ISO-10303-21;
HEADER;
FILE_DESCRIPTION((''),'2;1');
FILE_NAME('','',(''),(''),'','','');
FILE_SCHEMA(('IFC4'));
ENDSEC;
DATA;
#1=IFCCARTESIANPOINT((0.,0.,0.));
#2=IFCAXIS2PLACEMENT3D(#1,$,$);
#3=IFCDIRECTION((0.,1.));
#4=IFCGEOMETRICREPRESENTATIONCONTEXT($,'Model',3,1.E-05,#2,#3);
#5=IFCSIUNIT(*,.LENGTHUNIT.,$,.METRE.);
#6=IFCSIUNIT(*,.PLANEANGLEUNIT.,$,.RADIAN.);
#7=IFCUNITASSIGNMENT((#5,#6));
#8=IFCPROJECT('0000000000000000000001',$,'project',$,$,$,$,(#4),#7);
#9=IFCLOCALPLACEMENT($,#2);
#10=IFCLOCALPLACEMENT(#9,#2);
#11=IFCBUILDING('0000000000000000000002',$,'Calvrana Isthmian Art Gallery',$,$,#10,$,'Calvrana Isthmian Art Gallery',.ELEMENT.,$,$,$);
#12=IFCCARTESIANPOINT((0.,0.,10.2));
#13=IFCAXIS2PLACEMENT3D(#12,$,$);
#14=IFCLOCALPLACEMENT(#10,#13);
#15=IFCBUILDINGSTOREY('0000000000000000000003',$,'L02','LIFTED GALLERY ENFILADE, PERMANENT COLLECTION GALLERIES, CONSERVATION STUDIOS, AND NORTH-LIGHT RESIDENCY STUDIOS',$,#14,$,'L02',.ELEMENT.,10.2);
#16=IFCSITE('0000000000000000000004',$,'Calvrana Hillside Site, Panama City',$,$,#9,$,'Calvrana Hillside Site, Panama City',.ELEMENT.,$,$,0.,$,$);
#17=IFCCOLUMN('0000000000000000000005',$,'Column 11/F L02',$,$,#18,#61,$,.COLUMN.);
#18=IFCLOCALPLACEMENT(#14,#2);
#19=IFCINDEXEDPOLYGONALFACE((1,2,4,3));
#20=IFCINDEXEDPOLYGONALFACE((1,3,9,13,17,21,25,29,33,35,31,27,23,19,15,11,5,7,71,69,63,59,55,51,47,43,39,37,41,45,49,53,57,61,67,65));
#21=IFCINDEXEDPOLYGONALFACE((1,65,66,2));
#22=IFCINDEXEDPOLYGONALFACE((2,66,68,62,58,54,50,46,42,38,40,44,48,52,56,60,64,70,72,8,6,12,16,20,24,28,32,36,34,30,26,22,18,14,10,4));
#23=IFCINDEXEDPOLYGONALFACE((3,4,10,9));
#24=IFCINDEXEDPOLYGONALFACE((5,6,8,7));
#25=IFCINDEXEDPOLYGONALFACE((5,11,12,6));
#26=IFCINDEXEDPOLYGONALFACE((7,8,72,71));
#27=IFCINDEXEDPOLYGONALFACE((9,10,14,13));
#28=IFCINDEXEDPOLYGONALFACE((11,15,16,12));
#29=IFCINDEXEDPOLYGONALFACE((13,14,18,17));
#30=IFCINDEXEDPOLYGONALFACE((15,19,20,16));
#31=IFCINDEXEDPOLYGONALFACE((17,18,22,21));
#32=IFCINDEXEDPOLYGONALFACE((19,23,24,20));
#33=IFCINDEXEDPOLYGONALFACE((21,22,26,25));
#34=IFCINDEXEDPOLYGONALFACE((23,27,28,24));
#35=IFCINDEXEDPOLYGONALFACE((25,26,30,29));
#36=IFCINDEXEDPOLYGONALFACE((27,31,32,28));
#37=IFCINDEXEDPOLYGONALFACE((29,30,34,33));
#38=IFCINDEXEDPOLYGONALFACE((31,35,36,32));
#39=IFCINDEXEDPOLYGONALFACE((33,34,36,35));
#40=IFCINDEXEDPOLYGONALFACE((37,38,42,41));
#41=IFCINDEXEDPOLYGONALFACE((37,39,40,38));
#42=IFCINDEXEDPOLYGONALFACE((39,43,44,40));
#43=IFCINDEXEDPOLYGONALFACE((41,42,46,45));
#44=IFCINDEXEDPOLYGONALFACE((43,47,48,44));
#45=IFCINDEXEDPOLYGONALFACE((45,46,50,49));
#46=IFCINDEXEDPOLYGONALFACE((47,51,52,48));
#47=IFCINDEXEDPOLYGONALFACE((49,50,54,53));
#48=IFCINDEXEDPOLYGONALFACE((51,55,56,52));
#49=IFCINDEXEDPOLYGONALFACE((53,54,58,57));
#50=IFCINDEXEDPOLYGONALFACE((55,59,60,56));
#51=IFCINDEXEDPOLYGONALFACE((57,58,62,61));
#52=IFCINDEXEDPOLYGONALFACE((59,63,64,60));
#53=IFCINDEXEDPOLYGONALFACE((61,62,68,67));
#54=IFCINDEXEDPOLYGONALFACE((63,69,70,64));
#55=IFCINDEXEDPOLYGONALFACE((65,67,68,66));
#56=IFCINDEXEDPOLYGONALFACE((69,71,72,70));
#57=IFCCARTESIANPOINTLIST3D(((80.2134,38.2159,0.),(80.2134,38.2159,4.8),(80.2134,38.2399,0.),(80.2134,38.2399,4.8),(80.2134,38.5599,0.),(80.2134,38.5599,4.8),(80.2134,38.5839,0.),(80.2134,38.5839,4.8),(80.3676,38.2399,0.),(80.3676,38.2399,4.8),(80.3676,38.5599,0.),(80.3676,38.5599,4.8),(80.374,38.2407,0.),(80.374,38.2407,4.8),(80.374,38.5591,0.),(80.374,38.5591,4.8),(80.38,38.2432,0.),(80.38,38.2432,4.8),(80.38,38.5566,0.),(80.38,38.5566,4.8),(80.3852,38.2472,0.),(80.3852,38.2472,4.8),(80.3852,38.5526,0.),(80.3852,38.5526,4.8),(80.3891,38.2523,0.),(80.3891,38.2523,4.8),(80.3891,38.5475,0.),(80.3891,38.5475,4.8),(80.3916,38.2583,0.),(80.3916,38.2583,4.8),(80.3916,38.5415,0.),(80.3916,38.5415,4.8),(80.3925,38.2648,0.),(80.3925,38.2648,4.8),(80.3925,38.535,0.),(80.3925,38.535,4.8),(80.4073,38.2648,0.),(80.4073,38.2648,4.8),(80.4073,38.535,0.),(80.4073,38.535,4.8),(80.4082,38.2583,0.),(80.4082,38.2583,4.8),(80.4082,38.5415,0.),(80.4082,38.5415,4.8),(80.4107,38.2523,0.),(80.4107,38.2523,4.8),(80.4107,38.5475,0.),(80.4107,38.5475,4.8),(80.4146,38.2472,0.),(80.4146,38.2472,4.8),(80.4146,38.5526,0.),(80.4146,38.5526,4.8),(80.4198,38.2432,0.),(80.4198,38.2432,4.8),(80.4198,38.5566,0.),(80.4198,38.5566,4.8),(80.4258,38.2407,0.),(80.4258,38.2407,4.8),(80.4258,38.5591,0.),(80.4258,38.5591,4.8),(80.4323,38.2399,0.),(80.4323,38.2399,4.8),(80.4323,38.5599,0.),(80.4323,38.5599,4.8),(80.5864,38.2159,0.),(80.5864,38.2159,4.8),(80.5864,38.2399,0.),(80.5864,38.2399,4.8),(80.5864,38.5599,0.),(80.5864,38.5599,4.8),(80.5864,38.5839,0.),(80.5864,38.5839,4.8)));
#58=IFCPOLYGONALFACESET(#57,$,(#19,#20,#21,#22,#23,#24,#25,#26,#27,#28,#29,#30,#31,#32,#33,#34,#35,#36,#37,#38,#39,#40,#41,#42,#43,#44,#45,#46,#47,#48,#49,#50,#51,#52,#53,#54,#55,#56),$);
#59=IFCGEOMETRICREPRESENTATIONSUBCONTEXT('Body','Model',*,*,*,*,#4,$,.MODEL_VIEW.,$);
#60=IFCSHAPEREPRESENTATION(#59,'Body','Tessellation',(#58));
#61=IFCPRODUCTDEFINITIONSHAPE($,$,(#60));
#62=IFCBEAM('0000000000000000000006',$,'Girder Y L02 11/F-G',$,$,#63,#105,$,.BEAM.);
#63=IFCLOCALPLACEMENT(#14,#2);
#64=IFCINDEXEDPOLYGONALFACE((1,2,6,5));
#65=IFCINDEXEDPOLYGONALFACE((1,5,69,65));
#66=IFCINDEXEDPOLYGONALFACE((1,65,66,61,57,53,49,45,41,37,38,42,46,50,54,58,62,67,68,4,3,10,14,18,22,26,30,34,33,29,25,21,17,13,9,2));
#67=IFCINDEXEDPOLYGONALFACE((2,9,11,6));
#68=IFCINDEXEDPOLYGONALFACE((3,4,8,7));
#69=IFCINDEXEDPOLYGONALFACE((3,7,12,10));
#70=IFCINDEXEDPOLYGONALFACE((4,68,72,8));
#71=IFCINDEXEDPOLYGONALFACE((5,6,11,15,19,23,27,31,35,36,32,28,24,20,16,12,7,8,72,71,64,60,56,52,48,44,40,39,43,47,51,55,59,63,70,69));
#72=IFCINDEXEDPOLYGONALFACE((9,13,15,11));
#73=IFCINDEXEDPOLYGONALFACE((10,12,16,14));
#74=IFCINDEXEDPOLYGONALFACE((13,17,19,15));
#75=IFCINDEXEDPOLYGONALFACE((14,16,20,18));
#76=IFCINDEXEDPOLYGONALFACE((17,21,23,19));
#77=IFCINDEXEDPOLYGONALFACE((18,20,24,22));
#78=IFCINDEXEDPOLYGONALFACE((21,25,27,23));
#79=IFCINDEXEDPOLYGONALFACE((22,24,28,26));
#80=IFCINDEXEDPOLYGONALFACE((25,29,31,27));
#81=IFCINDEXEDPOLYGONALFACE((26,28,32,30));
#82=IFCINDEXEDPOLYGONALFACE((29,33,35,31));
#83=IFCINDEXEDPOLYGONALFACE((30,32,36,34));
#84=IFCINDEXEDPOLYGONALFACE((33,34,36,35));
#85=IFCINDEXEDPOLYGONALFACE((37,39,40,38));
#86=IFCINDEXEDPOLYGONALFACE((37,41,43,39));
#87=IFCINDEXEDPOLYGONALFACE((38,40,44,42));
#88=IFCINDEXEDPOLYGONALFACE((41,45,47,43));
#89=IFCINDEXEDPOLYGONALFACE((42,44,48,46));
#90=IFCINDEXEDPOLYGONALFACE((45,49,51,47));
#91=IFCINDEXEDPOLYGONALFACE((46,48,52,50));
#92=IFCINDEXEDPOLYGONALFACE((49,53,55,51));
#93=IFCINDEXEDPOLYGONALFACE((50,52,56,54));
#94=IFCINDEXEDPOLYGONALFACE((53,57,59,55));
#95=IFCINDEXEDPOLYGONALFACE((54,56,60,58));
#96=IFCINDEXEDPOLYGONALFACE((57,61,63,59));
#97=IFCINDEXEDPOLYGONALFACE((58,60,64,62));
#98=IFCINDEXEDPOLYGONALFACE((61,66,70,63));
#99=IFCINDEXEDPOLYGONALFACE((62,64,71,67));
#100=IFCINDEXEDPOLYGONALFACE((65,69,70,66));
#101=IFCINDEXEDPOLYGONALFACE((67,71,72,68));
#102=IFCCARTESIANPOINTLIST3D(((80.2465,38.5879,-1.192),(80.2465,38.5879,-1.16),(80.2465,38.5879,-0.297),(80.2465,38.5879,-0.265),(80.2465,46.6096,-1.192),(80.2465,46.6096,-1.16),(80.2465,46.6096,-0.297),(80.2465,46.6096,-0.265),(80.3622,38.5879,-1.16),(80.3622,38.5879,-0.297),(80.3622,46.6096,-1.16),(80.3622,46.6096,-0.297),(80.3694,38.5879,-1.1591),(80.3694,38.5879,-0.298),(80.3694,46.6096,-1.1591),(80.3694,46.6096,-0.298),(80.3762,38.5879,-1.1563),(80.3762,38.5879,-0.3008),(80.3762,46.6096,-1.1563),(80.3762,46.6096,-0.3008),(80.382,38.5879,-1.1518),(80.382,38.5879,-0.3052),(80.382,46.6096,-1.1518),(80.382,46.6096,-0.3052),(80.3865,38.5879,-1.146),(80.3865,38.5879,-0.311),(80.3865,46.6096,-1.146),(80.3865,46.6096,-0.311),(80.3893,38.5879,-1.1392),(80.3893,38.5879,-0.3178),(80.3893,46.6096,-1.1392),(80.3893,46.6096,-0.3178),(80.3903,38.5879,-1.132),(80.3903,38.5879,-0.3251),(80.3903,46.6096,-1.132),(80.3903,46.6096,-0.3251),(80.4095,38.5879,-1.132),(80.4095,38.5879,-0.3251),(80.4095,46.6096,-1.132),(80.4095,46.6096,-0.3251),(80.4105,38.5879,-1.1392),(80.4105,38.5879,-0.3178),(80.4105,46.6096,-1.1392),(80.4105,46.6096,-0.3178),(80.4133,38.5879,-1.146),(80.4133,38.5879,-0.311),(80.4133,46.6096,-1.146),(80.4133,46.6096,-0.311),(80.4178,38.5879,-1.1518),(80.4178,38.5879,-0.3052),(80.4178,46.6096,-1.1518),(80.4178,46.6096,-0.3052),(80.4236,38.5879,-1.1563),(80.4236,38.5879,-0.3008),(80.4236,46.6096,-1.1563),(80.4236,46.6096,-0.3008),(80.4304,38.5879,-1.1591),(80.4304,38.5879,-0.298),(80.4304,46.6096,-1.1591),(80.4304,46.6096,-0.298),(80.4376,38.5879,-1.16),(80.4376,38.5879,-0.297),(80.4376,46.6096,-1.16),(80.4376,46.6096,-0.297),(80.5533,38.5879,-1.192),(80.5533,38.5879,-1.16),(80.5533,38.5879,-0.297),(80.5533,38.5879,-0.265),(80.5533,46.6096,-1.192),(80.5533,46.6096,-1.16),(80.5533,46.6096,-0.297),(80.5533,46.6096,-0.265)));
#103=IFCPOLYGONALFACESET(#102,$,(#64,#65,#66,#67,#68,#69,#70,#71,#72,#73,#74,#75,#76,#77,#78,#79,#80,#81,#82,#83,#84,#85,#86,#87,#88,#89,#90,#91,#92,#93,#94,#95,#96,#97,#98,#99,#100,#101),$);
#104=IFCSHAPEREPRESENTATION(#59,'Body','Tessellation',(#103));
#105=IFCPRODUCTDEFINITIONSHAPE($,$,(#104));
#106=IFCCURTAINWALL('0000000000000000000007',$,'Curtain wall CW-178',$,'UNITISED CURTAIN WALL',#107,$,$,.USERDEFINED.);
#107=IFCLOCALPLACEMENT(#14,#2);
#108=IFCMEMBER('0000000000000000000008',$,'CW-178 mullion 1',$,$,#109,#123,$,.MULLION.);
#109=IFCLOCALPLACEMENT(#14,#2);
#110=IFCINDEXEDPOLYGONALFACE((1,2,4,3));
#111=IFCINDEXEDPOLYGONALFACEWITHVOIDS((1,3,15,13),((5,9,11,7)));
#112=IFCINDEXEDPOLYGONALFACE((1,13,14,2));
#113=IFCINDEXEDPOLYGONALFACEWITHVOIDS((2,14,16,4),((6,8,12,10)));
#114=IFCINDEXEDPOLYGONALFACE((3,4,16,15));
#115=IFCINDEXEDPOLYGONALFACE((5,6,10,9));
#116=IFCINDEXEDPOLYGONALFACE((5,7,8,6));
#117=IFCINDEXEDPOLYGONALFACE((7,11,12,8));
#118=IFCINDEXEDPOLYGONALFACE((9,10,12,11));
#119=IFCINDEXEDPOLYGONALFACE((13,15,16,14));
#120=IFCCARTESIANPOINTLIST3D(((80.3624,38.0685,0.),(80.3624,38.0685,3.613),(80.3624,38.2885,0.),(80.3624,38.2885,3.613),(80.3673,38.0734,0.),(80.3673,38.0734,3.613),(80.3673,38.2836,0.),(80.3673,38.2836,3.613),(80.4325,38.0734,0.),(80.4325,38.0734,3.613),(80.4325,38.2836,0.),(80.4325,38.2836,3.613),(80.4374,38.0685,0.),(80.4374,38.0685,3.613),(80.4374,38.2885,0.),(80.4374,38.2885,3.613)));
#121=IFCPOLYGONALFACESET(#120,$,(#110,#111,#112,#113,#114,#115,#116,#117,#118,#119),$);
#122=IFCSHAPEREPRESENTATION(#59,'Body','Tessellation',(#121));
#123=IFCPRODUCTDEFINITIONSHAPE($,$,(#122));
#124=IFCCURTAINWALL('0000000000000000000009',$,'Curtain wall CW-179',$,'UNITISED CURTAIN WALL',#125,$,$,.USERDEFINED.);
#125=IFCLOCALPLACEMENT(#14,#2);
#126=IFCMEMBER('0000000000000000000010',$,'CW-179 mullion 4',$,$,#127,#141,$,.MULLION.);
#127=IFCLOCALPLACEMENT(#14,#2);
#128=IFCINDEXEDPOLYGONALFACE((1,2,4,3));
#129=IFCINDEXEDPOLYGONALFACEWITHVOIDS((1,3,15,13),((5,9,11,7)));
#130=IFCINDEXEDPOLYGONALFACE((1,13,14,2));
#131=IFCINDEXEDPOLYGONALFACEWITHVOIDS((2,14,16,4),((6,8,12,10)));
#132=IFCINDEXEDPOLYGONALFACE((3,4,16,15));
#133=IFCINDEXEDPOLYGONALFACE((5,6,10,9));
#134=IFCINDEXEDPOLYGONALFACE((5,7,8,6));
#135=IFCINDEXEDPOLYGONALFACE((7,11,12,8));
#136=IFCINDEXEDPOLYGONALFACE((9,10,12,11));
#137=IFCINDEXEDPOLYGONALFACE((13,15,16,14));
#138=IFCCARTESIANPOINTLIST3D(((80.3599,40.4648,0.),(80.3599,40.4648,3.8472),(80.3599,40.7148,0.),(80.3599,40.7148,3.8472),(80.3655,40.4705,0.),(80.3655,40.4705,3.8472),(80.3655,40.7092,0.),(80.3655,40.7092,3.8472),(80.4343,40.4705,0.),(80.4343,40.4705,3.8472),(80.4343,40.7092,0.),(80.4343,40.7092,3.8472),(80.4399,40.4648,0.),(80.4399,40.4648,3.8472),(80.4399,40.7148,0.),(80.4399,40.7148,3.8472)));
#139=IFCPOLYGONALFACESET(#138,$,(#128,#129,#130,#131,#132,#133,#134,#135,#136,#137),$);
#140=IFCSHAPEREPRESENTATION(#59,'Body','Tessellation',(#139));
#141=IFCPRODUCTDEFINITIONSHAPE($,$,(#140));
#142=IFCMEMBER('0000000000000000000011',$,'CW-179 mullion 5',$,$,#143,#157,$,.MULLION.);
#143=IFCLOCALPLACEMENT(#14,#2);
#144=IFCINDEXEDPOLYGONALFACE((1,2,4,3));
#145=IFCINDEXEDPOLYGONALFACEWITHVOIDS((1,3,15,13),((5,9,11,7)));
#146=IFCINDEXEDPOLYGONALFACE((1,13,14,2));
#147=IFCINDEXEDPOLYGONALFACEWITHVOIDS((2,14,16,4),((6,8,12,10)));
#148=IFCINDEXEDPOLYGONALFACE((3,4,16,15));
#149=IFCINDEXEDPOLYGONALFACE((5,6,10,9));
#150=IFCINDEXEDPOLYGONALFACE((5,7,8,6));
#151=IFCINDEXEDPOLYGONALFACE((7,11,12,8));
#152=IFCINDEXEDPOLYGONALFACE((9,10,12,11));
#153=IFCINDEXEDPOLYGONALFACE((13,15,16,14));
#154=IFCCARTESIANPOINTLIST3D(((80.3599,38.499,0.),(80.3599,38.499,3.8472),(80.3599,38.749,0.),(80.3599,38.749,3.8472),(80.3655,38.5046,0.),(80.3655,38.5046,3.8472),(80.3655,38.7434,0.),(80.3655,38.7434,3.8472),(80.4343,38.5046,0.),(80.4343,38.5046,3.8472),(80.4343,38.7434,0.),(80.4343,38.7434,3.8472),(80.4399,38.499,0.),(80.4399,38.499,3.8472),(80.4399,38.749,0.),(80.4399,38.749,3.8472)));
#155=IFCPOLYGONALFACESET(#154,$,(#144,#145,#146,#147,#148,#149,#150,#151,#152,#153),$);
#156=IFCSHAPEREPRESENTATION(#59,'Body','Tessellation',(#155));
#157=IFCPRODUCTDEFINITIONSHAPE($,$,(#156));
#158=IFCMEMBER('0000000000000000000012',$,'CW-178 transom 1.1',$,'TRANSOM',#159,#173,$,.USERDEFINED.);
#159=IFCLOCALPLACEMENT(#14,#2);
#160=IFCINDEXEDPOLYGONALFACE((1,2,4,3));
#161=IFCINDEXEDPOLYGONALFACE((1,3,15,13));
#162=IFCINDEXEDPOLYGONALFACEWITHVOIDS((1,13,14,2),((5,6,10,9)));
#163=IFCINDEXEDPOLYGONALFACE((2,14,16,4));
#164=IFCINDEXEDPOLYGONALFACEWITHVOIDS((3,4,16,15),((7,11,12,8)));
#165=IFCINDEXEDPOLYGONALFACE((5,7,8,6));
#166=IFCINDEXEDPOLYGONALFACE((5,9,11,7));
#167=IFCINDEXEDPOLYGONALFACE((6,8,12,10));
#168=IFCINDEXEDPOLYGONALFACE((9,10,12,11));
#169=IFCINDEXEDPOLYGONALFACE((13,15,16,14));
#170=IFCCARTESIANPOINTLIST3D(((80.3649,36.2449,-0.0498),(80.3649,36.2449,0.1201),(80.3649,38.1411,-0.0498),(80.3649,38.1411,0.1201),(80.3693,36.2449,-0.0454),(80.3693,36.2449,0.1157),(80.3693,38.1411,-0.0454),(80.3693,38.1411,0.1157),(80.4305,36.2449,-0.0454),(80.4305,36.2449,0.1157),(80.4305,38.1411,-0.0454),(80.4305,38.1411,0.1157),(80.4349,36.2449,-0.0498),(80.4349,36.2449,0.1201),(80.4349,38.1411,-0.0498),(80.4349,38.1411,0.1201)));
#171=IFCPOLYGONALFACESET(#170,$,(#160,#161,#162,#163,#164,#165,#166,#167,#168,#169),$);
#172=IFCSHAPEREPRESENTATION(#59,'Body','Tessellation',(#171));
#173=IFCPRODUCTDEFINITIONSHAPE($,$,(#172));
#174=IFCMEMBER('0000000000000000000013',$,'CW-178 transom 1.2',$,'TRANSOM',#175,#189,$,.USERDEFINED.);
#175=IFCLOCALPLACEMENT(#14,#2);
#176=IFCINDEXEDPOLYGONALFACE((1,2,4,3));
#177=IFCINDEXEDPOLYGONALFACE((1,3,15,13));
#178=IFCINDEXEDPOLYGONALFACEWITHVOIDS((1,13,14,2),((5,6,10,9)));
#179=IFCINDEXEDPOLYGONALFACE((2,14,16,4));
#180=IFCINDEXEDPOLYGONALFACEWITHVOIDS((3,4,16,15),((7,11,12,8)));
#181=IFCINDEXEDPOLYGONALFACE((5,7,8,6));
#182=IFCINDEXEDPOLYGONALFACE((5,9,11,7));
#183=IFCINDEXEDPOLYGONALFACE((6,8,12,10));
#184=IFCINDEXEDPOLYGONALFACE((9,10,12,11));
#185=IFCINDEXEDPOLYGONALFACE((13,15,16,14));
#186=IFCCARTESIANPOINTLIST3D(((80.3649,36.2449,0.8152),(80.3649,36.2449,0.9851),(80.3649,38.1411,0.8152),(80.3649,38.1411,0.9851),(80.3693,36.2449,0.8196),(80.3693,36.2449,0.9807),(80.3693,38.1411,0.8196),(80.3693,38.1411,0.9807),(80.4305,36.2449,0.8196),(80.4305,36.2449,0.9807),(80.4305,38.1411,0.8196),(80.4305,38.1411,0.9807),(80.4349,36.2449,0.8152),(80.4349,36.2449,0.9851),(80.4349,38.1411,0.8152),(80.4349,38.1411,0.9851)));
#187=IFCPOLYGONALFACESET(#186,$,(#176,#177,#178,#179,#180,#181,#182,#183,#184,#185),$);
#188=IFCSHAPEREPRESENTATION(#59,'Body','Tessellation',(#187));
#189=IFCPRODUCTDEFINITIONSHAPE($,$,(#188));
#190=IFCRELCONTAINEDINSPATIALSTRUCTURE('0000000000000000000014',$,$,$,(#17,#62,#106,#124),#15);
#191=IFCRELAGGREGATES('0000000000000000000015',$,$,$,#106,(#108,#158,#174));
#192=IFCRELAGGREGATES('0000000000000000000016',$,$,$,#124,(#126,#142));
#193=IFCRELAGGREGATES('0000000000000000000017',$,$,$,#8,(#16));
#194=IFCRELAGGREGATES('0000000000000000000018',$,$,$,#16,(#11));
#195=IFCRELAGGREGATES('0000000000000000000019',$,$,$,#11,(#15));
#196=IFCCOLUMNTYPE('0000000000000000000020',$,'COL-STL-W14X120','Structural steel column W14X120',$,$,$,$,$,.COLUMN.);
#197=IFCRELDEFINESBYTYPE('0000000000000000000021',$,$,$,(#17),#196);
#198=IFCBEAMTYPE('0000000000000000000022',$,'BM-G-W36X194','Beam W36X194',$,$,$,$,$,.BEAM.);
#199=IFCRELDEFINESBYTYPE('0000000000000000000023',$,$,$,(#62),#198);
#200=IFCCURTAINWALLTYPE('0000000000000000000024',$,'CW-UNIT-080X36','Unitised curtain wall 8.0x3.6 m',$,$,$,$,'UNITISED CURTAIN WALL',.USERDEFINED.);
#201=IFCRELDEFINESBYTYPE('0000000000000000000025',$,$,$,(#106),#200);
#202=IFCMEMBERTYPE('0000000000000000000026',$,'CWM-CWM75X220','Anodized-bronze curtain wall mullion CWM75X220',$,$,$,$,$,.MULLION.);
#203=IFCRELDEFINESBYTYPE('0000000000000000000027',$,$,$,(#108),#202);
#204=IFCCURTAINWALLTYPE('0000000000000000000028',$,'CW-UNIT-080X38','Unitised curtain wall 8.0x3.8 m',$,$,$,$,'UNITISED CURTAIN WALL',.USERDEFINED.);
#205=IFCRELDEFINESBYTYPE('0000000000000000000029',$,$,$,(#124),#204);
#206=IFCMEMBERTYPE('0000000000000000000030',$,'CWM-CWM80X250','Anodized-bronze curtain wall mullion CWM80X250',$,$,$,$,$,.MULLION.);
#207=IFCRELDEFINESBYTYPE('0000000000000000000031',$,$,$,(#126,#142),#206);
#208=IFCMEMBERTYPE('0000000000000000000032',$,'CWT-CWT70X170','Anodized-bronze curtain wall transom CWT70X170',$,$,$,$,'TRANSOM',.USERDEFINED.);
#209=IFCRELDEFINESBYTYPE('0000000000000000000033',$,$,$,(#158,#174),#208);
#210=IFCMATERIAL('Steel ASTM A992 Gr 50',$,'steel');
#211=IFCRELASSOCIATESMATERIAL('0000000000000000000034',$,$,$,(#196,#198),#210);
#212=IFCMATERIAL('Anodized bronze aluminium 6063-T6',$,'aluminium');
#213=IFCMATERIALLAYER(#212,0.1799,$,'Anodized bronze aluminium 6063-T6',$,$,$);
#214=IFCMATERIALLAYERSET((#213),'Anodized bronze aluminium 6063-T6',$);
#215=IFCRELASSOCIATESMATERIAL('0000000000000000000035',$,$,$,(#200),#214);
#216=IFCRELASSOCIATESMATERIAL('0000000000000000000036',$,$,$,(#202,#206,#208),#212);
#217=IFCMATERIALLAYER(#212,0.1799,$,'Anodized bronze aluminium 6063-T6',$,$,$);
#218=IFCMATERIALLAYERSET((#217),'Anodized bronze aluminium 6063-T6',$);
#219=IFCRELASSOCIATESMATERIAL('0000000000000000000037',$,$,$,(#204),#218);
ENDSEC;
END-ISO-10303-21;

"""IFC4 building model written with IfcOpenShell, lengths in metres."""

from ifc_helpers import new_model, si_unit, direction, frame, origin, origin_2d, place, context, subcontext, project, spatial, hollow_rectangle, i_section, extrude, material, layer, layer_set, material_profile, profile_set, type_object, element, aggregate, save


model = new_model("IFC4")

# Units and contexts
model_context = context("Model", 3, precision=1e-05, world=origin(), true_north=direction((0.0, 1.0)))
body_context = subcontext(model_context, "Body", "Model", "MODEL_VIEW")
ifc_project = project(units=[si_unit("LENGTHUNIT", "METRE"), si_unit("PLANEANGLEUNIT", "RADIAN")], contexts=[model_context])

# Site, building, storey
site_placement = place(None, origin())
site = spatial("IfcSite", under=ifc_project, at=site_placement, Name="Calvrana Hillside Site, Panama City", LongName="Calvrana Hillside Site, Panama City", CompositionType="ELEMENT", RefElevation=0.0)
building_placement = place(site_placement, origin())
building = spatial("IfcBuilding", under=site, at=building_placement, Name="Calvrana Isthmian Art Gallery", LongName="Calvrana Isthmian Art Gallery", CompositionType="ELEMENT")
storey_placement = place(building_placement, frame((0.0, 0.0, 10.2)))
storey = spatial("IfcBuildingStorey", under=building, at=storey_placement, Name="L02", Description="LIFTED GALLERY ENFILADE, PERMANENT COLLECTION GALLERIES, CONSERVATION STUDIOS, AND NORTH-LIGHT RESIDENCY STUDIOS", LongName="L02", CompositionType="ELEMENT", Elevation=10.2)

# Column
ifc_material_1 = material(Name="Steel ASTM A992 Gr 50", Category="steel")
ifc_material_profile_1 = material_profile(ifc_material_1, i_section(OverallWidth=0.373, OverallDepth=0.3679, WebThickness=0.0149, FlangeThickness=0.0239, FilletRadius=0.0249, at=origin_2d()), Name="W14X120")
ifc_profile_set_1 = profile_set([ifc_material_profile_1], Name="Steel ASTM A992 Gr 50")
column_type = type_object("IfcColumnType", Name="COL-STL-W14X120", Description="Structural steel column W14X120", PredefinedType="COLUMN", material=ifc_profile_set_1)
column_placement = place(storey_placement, frame((80.3999, 38.3999, 0.0), z_axis=(0.0, 0.0, 1.0), x_axis=(1.0, 0.0, 0.0)))
element("IfcColumn", 1, at=column_placement, inside=storey, type_object=column_type, Name="Column 11/F L02", PredefinedType="COLUMN", context=body_context, shape_type="SweptSolid", body=[
    extrude(i_section(OverallWidth=0.373, OverallDepth=0.3679, WebThickness=0.0149, FlangeThickness=0.0239, FilletRadius=0.0249, at=origin_2d()), origin(), (0.0, 0.0, 1.0), 4.8),
])

# Beam
ifc_material_profile_2 = material_profile(ifc_material_1, i_section(OverallWidth=0.3069, OverallDepth=0.927, WebThickness=0.0193, FlangeThickness=0.032, FilletRadius=0.0281, at=origin_2d()), Name="W36X194")
ifc_profile_set_2 = profile_set([ifc_material_profile_2], Name="Steel ASTM A992 Gr 50")
beam_type = type_object("IfcBeamType", Name="BM-G-W36X194", Description="Beam W36X194", PredefinedType="BEAM", material=ifc_profile_set_2)
beam_placement = place(storey_placement, frame((80.3999, 38.5879, -0.7285), z_axis=(0.0, 1.0, 0.0), x_axis=(-1.0, 0.0, 0.0)))
element("IfcBeam", 2, at=beam_placement, inside=storey, type_object=beam_type, Name="Girder Y L02 11/F-G", PredefinedType="BEAM", context=body_context, shape_type="SweptSolid", body=[
    extrude(i_section(OverallWidth=0.3069, OverallDepth=0.927, WebThickness=0.0193, FlangeThickness=0.032, FilletRadius=0.0281, at=origin_2d()), origin(), (0.0, 0.0, 1.0), 8.0217),
])

# Curtain wall, member
ifc_material_2 = material(Name="Anodized bronze aluminium 6063-T6", Category="aluminium")
ifc_layer_1 = layer(ifc_material_2, 0.1799, Name="Anodized bronze aluminium 6063-T6")
ifc_layer_set_1 = layer_set([ifc_layer_1], Name="Anodized bronze aluminium 6063-T6")
curtain_wall_type_1 = type_object("IfcCurtainWallType", Name="CW-UNIT-080X36", Description="Unitised curtain wall 8.0x3.6 m", ElementType="UNITISED CURTAIN WALL", PredefinedType="USERDEFINED", material=ifc_layer_set_1)
curtain_wall_1_placement = place(storey_placement, origin())
curtain_wall_1 = element("IfcCurtainWall", 3, at=curtain_wall_1_placement, inside=storey, type_object=curtain_wall_type_1, Name="Curtain wall CW-178", ObjectType="UNITISED CURTAIN WALL", PredefinedType="USERDEFINED")
ifc_material_profile_3 = material_profile(ifc_material_2, hollow_rectangle(XDim=0.075, YDim=0.22, WallThickness=0.0049, at=origin_2d()), Name="CWM75X220")
ifc_profile_set_3 = profile_set([ifc_material_profile_3], Name="Anodized bronze aluminium 6063-T6")
member_type_1 = type_object("IfcMemberType", Name="CWM-CWM75X220", Description="Anodized-bronze curtain wall mullion CWM75X220", PredefinedType="MULLION", material=ifc_profile_set_3)
member_1_placement = place(storey_placement, frame((80.3999, 38.1785, 0.0), z_axis=(0.0, 0.0, 1.0), x_axis=(1.0, 0.0, 0.0)))
member_1 = element("IfcMember", 4, at=member_1_placement, type_object=member_type_1, Name="CW-178 mullion 1", PredefinedType="MULLION", context=body_context, shape_type="SweptSolid", body=[
    extrude(hollow_rectangle(XDim=0.075, YDim=0.22, WallThickness=0.0049, at=origin_2d()), origin(), (0.0, 0.0, 1.0), 3.613),
])

# Curtain wall, members
ifc_layer_2 = layer(ifc_material_2, 0.1799, Name="Anodized bronze aluminium 6063-T6")
ifc_layer_set_2 = layer_set([ifc_layer_2], Name="Anodized bronze aluminium 6063-T6")
curtain_wall_type_2 = type_object("IfcCurtainWallType", Name="CW-UNIT-080X38", Description="Unitised curtain wall 8.0x3.8 m", ElementType="UNITISED CURTAIN WALL", PredefinedType="USERDEFINED", material=ifc_layer_set_2)
curtain_wall_2_placement = place(storey_placement, origin())
curtain_wall_2 = element("IfcCurtainWall", 5, at=curtain_wall_2_placement, inside=storey, type_object=curtain_wall_type_2, Name="Curtain wall CW-179", ObjectType="UNITISED CURTAIN WALL", PredefinedType="USERDEFINED")
ifc_material_profile_4 = material_profile(ifc_material_2, hollow_rectangle(XDim=0.0801, YDim=0.25, WallThickness=0.0056, at=origin_2d()), Name="CWM80X250")
ifc_profile_set_4 = profile_set([ifc_material_profile_4], Name="Anodized bronze aluminium 6063-T6")
member_type_2 = type_object("IfcMemberType", Name="CWM-CWM80X250", Description="Anodized-bronze curtain wall mullion CWM80X250", PredefinedType="MULLION", material=ifc_profile_set_4)
member_2_placement = place(storey_placement, frame((80.3999, 40.5898, 0.0), z_axis=(0.0, 0.0, 1.0), x_axis=(1.0, 0.0, 0.0)))
member_2 = element("IfcMember", 6, at=member_2_placement, type_object=member_type_2, Name="CW-179 mullion 4", PredefinedType="MULLION", context=body_context, shape_type="SweptSolid", body=[
    extrude(hollow_rectangle(XDim=0.0801, YDim=0.25, WallThickness=0.0056, at=origin_2d()), origin(), (0.0, 0.0, 1.0), 3.8472),
])
member_3_placement = place(storey_placement, frame((80.3999, 38.624, 0.0), z_axis=(0.0, 0.0, 1.0), x_axis=(1.0, 0.0, 0.0)))
member_3 = element("IfcMember", 7, at=member_3_placement, type_object=member_type_2, Name="CW-179 mullion 5", PredefinedType="MULLION", context=body_context, shape_type="SweptSolid", body=[
    extrude(hollow_rectangle(XDim=0.0801, YDim=0.25, WallThickness=0.0056, at=origin_2d()), origin(), (0.0, 0.0, 1.0), 3.8472),
])

# Members
ifc_material_profile_5 = material_profile(ifc_material_2, hollow_rectangle(XDim=0.0701, YDim=0.1699, WallThickness=0.0044, at=origin_2d()), Name="CWT70X170")
ifc_profile_set_5 = profile_set([ifc_material_profile_5], Name="Anodized bronze aluminium 6063-T6")
member_type_3 = type_object("IfcMemberType", Name="CWT-CWT70X170", Description="Anodized-bronze curtain wall transom CWT70X170", ElementType="TRANSOM", PredefinedType="USERDEFINED", material=ifc_profile_set_5)
member_4_placement = place(storey_placement, frame((80.3999, 38.1411, 0.0352), z_axis=(0.0, -1.0, 0.0), x_axis=(1.0, 0.0, 0.0)))
member_4 = element("IfcMember", 8, at=member_4_placement, type_object=member_type_3, Name="CW-178 transom 1.1", ObjectType="TRANSOM", PredefinedType="USERDEFINED", context=body_context, shape_type="SweptSolid", body=[
    extrude(hollow_rectangle(XDim=0.0701, YDim=0.1699, WallThickness=0.0044, at=origin_2d()), origin(), (0.0, 0.0, 1.0), 1.8962),
])
member_5_placement = place(storey_placement, frame((80.3999, 38.1411, 0.9001), z_axis=(0.0, -1.0, 0.0), x_axis=(1.0, 0.0, 0.0)))
member_5 = element("IfcMember", 9, at=member_5_placement, type_object=member_type_3, Name="CW-178 transom 1.2", ObjectType="TRANSOM", PredefinedType="USERDEFINED", context=body_context, shape_type="SweptSolid", body=[
    extrude(hollow_rectangle(XDim=0.0701, YDim=0.1699, WallThickness=0.0044, at=origin_2d()), origin(), (0.0, 0.0, 1.0), 1.8962),
])

aggregate(curtain_wall_1, [member_1, member_4, member_5])
aggregate(curtain_wall_2, [member_2, member_3])

save(model, "model.ifc")
